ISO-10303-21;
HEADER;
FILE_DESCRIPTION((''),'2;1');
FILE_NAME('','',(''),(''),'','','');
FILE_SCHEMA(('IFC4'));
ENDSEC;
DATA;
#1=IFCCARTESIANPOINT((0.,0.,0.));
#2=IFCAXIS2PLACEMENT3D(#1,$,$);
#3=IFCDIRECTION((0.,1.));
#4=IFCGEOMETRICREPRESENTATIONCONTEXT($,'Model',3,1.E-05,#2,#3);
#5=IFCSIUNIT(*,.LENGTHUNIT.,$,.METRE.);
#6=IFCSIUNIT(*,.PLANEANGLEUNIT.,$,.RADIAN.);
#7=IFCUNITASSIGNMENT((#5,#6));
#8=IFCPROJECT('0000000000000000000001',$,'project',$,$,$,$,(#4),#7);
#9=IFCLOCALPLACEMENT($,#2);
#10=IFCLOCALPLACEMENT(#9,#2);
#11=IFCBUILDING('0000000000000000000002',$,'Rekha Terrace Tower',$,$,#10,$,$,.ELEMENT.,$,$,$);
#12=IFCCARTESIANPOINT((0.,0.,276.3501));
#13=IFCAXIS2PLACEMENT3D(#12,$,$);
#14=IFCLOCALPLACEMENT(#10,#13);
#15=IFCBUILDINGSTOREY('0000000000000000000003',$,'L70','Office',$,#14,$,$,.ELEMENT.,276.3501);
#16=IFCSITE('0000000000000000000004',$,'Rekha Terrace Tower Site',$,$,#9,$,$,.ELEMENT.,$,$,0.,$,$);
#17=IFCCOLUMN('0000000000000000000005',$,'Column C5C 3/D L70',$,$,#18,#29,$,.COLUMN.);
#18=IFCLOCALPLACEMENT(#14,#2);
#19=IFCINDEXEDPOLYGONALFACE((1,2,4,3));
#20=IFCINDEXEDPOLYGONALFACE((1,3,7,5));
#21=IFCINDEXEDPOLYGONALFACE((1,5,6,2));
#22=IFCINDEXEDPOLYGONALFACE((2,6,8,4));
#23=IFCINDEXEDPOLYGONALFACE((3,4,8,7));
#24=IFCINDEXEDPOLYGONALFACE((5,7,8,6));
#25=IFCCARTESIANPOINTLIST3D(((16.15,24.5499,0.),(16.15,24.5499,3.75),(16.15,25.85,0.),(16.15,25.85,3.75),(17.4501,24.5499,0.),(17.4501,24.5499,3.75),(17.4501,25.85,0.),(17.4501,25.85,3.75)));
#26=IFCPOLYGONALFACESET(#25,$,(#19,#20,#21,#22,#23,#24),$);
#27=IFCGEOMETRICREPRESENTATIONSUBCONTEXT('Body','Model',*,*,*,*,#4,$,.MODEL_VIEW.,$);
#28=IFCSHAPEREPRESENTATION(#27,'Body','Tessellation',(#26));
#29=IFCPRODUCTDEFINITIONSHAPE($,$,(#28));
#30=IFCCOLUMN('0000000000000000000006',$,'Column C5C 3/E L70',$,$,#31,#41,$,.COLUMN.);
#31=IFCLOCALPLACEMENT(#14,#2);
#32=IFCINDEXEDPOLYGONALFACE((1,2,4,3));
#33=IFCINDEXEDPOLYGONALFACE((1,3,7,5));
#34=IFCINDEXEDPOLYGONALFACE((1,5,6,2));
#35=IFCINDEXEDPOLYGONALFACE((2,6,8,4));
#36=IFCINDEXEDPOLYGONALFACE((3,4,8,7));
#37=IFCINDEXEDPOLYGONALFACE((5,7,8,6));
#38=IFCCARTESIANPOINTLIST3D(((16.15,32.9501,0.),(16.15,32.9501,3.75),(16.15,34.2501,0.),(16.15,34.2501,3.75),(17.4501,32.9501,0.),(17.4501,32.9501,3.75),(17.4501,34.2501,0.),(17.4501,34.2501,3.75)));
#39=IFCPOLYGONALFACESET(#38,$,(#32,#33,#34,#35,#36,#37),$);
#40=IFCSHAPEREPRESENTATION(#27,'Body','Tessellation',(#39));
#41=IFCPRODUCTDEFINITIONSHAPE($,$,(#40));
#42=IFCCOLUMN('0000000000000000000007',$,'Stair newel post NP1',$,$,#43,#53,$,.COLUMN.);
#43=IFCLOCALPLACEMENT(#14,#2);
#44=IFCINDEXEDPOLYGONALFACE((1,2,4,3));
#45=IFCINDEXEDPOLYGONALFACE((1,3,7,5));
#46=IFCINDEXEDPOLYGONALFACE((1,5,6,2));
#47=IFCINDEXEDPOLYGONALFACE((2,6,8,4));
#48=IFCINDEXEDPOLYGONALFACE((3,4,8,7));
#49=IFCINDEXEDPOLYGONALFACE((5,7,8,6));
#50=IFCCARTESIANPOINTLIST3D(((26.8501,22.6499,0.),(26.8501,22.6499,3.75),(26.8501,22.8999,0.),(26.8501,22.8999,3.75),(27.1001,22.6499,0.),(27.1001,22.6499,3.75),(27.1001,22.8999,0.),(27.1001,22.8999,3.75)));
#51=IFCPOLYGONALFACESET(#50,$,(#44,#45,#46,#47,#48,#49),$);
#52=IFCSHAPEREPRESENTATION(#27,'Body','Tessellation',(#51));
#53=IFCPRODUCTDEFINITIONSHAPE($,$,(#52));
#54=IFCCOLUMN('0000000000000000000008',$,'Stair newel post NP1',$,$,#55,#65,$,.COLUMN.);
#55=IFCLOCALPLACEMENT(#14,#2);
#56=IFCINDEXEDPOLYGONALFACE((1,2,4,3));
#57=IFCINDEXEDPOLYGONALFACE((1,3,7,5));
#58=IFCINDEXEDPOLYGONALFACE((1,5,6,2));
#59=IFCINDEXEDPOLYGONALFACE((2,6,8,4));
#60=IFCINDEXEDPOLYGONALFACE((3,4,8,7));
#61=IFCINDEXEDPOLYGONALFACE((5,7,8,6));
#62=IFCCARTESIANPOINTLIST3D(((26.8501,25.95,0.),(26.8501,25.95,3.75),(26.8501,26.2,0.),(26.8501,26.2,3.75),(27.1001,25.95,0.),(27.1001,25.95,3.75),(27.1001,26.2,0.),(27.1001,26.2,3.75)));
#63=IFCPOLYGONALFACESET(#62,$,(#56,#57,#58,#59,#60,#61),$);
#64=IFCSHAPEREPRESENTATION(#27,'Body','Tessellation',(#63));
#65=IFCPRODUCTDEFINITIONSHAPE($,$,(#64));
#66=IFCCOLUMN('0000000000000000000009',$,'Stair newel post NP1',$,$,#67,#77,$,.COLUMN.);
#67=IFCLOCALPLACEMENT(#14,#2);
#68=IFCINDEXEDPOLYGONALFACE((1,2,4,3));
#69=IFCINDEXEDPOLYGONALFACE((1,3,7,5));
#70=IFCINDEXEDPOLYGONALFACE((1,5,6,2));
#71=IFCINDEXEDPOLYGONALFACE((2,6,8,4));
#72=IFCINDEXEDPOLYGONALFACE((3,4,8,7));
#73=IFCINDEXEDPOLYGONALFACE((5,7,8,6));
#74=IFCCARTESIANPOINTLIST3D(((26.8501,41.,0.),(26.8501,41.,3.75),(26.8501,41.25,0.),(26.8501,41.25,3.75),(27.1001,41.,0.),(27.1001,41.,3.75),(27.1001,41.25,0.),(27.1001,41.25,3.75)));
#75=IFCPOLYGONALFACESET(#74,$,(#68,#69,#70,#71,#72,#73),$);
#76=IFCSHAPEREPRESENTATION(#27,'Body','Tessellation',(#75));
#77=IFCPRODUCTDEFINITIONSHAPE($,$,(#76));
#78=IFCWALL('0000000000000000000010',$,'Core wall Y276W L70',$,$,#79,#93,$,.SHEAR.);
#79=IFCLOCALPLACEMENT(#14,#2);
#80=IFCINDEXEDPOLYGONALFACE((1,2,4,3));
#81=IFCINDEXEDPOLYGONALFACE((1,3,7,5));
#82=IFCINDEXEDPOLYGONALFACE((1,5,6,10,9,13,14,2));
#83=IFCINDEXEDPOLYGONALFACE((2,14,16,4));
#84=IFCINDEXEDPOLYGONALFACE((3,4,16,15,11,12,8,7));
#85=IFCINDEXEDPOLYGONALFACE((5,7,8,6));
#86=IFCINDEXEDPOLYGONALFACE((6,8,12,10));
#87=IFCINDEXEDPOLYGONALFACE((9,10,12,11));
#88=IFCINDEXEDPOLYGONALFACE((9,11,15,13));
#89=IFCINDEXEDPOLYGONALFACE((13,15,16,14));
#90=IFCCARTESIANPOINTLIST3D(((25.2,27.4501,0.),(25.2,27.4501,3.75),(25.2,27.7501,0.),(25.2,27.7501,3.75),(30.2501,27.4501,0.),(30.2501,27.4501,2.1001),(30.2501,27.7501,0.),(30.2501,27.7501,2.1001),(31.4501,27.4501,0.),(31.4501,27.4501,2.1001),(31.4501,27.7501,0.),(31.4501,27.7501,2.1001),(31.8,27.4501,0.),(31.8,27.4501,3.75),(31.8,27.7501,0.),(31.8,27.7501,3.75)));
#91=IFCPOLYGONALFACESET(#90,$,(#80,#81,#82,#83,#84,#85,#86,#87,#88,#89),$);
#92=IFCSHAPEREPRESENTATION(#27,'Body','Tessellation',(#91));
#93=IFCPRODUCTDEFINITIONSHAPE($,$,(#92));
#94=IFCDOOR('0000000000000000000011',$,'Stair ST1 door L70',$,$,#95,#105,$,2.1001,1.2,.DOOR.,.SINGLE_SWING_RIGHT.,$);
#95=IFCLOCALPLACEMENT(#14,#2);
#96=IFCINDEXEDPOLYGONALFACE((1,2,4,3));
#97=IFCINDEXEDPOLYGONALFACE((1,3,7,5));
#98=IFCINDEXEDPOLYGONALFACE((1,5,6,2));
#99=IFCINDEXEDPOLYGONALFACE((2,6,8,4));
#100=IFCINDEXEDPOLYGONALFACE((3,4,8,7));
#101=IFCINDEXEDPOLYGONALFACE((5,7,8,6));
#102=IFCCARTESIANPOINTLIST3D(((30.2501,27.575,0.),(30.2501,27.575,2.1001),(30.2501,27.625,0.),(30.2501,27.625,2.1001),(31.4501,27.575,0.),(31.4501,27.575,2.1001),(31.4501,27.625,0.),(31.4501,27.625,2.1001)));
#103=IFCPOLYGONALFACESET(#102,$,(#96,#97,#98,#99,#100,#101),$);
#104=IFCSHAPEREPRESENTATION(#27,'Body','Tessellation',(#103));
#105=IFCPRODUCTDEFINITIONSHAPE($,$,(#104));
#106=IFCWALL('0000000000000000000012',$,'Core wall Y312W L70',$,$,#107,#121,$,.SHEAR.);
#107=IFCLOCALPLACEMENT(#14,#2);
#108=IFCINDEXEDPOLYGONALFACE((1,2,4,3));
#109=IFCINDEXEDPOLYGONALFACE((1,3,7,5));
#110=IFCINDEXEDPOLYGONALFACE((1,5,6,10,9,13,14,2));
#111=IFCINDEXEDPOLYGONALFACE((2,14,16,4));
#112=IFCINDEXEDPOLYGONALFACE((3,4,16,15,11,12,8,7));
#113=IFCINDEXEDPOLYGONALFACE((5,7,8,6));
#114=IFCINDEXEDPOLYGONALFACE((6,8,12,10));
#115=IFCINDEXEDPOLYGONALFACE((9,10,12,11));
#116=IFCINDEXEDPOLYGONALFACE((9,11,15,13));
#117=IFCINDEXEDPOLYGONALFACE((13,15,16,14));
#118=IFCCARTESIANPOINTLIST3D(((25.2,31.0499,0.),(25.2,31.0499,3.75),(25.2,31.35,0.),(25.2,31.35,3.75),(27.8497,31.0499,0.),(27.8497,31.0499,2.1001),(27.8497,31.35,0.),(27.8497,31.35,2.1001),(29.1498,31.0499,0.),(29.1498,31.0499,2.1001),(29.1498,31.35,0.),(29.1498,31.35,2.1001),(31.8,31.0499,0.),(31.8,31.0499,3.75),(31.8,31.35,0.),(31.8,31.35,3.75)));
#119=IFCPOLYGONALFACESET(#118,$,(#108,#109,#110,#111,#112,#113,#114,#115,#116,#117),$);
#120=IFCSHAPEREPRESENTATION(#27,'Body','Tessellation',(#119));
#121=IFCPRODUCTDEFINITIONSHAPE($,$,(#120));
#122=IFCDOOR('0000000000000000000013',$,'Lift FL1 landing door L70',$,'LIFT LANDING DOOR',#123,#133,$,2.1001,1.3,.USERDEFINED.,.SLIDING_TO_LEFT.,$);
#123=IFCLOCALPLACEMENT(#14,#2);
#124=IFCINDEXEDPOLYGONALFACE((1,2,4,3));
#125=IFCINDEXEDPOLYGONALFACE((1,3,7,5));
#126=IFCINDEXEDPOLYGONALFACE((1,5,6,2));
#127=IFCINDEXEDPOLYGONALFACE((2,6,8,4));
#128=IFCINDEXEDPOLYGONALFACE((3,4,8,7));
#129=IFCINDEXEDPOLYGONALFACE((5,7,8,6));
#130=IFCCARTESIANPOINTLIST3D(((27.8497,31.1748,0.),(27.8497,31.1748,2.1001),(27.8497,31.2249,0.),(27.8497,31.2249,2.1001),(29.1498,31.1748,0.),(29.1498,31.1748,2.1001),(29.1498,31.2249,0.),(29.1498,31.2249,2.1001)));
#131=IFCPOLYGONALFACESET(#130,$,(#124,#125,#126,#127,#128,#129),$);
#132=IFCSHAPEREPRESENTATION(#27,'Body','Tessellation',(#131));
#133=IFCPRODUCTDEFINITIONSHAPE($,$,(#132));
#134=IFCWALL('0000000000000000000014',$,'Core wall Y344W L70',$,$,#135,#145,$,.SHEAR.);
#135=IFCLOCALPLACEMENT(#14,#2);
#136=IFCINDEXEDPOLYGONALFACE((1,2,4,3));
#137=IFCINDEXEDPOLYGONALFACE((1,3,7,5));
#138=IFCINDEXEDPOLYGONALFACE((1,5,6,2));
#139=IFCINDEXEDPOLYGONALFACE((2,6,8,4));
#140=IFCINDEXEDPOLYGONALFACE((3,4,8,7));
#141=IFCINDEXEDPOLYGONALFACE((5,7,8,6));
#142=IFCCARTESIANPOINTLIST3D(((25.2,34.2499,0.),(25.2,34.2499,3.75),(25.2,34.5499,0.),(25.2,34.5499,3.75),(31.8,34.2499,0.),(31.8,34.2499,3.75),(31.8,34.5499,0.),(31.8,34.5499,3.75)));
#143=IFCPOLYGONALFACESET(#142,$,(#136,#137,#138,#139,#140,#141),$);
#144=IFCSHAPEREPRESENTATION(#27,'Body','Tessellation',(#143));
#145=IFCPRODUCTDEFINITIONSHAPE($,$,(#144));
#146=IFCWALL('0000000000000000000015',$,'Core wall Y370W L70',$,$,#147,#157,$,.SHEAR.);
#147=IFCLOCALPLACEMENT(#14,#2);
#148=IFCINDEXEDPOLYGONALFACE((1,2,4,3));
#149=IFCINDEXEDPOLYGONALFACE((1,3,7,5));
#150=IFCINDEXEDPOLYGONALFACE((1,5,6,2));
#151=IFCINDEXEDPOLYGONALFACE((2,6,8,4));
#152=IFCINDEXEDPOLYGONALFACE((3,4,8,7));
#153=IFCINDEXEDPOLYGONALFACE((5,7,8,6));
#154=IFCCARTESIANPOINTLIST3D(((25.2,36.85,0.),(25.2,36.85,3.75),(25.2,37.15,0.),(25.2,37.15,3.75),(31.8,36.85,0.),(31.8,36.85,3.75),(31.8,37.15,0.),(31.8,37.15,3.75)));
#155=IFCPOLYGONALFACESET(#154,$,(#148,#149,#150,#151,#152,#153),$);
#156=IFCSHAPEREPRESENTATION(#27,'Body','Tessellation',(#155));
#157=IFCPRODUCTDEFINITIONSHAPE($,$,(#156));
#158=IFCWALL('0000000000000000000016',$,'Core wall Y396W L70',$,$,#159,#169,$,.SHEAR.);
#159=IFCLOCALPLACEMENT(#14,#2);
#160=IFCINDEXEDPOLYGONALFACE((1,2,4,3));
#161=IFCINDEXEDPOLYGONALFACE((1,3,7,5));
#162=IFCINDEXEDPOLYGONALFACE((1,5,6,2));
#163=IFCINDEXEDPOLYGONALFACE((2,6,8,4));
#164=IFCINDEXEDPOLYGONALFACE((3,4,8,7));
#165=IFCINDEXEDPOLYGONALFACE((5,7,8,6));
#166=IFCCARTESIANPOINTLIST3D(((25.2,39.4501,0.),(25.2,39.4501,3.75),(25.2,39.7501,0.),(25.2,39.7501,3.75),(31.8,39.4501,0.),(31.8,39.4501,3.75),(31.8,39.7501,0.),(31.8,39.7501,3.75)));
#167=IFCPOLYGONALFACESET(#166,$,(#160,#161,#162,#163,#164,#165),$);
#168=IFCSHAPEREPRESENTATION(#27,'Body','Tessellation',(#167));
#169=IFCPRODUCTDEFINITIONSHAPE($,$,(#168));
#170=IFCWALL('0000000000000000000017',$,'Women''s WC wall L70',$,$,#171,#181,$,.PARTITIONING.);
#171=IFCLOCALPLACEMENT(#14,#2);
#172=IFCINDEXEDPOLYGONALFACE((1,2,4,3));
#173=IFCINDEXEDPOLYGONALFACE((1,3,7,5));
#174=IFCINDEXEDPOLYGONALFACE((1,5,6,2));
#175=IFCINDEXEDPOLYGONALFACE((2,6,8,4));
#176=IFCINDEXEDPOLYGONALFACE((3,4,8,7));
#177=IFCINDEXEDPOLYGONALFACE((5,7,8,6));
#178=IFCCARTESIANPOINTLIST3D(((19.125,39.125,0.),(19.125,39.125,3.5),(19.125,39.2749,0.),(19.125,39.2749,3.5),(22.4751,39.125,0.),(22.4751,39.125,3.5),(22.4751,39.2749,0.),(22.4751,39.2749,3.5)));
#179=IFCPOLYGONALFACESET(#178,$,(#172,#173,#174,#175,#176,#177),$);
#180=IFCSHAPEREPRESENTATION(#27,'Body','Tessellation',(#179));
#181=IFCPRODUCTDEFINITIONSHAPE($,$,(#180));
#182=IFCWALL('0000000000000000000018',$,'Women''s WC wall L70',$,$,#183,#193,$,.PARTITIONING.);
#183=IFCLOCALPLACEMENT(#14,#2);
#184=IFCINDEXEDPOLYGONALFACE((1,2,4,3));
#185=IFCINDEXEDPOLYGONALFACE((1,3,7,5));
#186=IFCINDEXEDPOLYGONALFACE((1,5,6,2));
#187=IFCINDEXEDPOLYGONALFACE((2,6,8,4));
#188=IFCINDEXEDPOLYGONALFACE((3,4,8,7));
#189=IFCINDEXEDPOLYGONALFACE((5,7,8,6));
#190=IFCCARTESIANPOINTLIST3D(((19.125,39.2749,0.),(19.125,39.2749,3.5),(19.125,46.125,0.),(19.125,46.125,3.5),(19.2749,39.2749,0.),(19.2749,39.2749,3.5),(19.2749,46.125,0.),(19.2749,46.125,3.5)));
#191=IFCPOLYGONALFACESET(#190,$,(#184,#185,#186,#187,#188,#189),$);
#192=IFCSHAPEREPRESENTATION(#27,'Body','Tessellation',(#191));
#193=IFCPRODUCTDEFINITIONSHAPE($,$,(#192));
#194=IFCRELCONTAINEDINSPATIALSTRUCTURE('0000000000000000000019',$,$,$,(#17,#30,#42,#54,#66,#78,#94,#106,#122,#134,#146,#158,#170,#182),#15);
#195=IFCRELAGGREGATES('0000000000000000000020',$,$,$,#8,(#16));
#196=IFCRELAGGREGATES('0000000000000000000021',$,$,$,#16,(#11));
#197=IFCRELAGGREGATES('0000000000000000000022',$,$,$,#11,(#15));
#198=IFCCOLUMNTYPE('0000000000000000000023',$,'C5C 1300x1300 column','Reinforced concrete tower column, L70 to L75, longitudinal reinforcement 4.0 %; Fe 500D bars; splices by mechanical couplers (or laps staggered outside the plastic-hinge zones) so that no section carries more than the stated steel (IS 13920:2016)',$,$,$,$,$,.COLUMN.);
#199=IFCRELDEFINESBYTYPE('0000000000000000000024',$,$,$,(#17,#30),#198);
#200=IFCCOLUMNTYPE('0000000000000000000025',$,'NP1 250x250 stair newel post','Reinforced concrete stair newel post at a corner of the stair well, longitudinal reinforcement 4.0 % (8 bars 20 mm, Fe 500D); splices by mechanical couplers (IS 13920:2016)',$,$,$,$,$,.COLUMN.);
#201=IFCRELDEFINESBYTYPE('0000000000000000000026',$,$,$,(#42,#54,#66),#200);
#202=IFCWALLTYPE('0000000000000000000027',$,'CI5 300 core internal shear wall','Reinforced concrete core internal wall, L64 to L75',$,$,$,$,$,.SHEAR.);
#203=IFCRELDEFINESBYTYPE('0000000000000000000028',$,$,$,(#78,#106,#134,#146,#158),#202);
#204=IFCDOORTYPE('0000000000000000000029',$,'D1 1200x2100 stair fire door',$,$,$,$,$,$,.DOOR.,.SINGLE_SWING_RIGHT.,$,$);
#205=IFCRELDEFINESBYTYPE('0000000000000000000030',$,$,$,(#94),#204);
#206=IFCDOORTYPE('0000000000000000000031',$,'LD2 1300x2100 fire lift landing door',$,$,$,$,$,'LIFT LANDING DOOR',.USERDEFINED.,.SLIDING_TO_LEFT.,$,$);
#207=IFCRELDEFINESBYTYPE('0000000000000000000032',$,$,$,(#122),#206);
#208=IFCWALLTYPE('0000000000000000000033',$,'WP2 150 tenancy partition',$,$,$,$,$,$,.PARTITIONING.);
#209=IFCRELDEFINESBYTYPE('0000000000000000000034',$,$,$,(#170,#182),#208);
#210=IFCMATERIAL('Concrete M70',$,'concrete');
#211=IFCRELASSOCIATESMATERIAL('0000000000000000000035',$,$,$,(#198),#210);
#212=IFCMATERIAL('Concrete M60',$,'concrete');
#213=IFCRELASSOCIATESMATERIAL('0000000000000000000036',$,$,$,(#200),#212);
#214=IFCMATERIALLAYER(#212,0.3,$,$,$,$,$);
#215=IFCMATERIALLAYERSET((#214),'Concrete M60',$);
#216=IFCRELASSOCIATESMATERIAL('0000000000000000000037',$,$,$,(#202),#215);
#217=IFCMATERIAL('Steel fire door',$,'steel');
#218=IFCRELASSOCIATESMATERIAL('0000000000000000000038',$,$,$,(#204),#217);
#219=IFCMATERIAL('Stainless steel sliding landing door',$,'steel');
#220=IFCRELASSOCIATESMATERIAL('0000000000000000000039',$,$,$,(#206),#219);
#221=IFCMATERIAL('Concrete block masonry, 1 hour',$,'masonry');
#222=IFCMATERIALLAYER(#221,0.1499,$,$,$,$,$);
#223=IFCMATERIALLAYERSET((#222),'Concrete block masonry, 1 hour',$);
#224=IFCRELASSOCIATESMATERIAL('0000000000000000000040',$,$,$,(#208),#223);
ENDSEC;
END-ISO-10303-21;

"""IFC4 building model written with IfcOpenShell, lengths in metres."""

from ifc_helpers import new_model, si_unit, direction, frame, frame_2d, origin, origin_2d, place, context, subcontext, project, spatial, rectangle, extrude, material, layer, layer_set, material_profile, profile_set, type_object, element, fill, save


model = new_model("IFC4")

# Units and contexts
model_context = context("Model", 3, precision=1e-05, world=origin(), true_north=direction((0.0, 1.0)))
body_context = subcontext(model_context, "Body", "Model", "MODEL_VIEW")
ifc_project = project(units=[si_unit("LENGTHUNIT", "METRE"), si_unit("PLANEANGLEUNIT", "RADIAN")], contexts=[model_context])

# Site, building, storey
site_placement = place(None, origin())
site = spatial("IfcSite", under=ifc_project, at=site_placement, Name="Rekha Terrace Tower Site", CompositionType="ELEMENT", RefElevation=0.0)
building_placement = place(site_placement, origin())
building = spatial("IfcBuilding", under=site, at=building_placement, Name="Rekha Terrace Tower", CompositionType="ELEMENT")
storey_placement = place(building_placement, frame((0.0, 0.0, 276.3501)))
storey = spatial("IfcBuildingStorey", under=building, at=storey_placement, Name="L70", Description="Office", CompositionType="ELEMENT", Elevation=276.3501)

# Columns
ifc_material_1 = material(Name="Concrete M70", Category="concrete")
ifc_material_profile_1 = material_profile(ifc_material_1, rectangle(XDim=1.3, YDim=1.3, at=origin_2d()), Name="RC 1300x1300")
ifc_profile_set_1 = profile_set([ifc_material_profile_1], Name="Concrete M70")
column_type_1 = type_object("IfcColumnType", Name="C5C 1300x1300 column", Description="Reinforced concrete tower column, L70 to L75, longitudinal reinforcement 4.0 %; Fe 500D bars; splices by mechanical couplers (or laps staggered outside the plastic-hinge zones) so that no section carries more than the stated steel (IS 13920:2016)", PredefinedType="COLUMN", material=ifc_profile_set_1)
for number, where, z_axis, x_axis, name in (
    (1, (16.8, 25.2, 0.0), (0.0, 0.0, 1.0), (1.0, 0.0, 0.0), "Column C5C 3/D L70"),
    (2, (16.8, 33.6001, 0.0), (0.0, 0.0, 1.0), (1.0, 0.0, 0.0), "Column C5C 3/E L70"),
):
    element("IfcColumn", number, at=place(storey_placement, frame(where, z_axis=z_axis, x_axis=x_axis)), inside=storey, type_object=column_type_1, Name=name, PredefinedType="COLUMN", context=body_context, shape_type="SweptSolid", body=[
        extrude(rectangle(XDim=1.3, YDim=1.3, at=origin_2d()), origin(), (0.0, 0.0, 1.0), 3.75),
    ])
ifc_material_2 = material(Name="Concrete M60", Category="concrete")
ifc_material_profile_2 = material_profile(ifc_material_2, rectangle(XDim=0.25, YDim=0.25, at=origin_2d()), Name="RC 250x250")
ifc_profile_set_2 = profile_set([ifc_material_profile_2], Name="Concrete M60")
column_type_2 = type_object("IfcColumnType", Name="NP1 250x250 stair newel post", Description="Reinforced concrete stair newel post at a corner of the stair well, longitudinal reinforcement 4.0 % (8 bars 20 mm, Fe 500D); splices by mechanical couplers (IS 13920:2016)", PredefinedType="COLUMN", material=ifc_profile_set_2)
for number, where, z_axis, x_axis, name in (
    (3, (26.9751, 22.7749, 0.0), (0.0, 0.0, 1.0), (1.0, 0.0, 0.0), "Stair newel post NP1"),
    (4, (26.9751, 26.075, 0.0), (0.0, 0.0, 1.0), (1.0, 0.0, 0.0), "Stair newel post NP1"),
    (5, (26.9751, 41.125, 0.0), (0.0, 0.0, 1.0), (1.0, 0.0, 0.0), "Stair newel post NP1"),
):
    element("IfcColumn", number, at=place(storey_placement, frame(where, z_axis=z_axis, x_axis=x_axis)), inside=storey, type_object=column_type_2, Name=name, PredefinedType="COLUMN", context=body_context, shape_type="SweptSolid", body=[
        extrude(rectangle(XDim=0.25, YDim=0.25, at=origin_2d()), origin(), (0.0, 0.0, 1.0), 3.75),
    ])

# Walls, openings, doors
ifc_layer_1 = layer(ifc_material_2, 0.3)
ifc_layer_set_1 = layer_set([ifc_layer_1], Name="Concrete M60")
wall_type_1 = type_object("IfcWallType", Name="CI5 300 core internal shear wall", Description="Reinforced concrete core internal wall, L64 to L75", PredefinedType="SHEAR", material=ifc_layer_set_1)
wall_1_placement = place(storey_placement, frame((25.2, 27.6001, 0.0), z_axis=(0.0, 0.0, 1.0), x_axis=(1.0, 0.0, 0.0)))
wall_1 = element("IfcWall", 6, at=wall_1_placement, inside=storey, type_object=wall_type_1, Name="Core wall Y276W L70", PredefinedType="SHEAR", context=body_context, shape_type="SweptSolid", body=[
    extrude(rectangle(XDim=6.6001, YDim=0.3, at=frame_2d((3.3, 0.0))), origin(), (0.0, 0.0, 1.0), 3.75),
])
opening_1_placement = place(wall_1_placement, frame((5.05, 0.0, 0.0)))
opening_1 = element("IfcOpeningElement", 7, at=opening_1_placement, cuts=wall_1, PredefinedType="OPENING", context=body_context, shape_type="SweptSolid", body=[
    extrude(rectangle(XDim=1.2, YDim=2.1001, at=frame_2d((0.6001, 1.05))), frame((0.0, 0.1599, 0.0), z_axis=(0.0, -1.0, 0.0), x_axis=(1.0, 0.0, 0.0)), (0.0, 0.0, 1.0), 0.3201),
])
ifc_material_3 = material(Name="Steel fire door", Category="steel")
door_type_1 = type_object("IfcDoorType", Name="D1 1200x2100 stair fire door", OperationType="SINGLE_SWING_RIGHT", PredefinedType="DOOR", material=ifc_material_3)
door_1_placement = place(opening_1_placement, origin())
door_1 = element("IfcDoor", 8, at=door_1_placement, inside=storey, type_object=door_type_1, Name="Stair ST1 door L70", OperationType="SINGLE_SWING_RIGHT", OverallHeight=2.1001, OverallWidth=1.2, PredefinedType="DOOR", context=body_context, shape_type="SweptSolid", body=[
    extrude(rectangle(XDim=1.2, YDim=2.1001, at=frame_2d((0.6001, 1.05))), frame((0.0, 0.0249, 0.0), z_axis=(0.0, -1.0, 0.0), x_axis=(1.0, 0.0, 0.0)), (0.0, 0.0, 1.0), 0.05),
])
fill(opening_1, door_1)
wall_2_placement = place(storey_placement, frame((25.2, 31.2, 0.0), z_axis=(0.0, 0.0, 1.0), x_axis=(1.0, 0.0, 0.0)))
wall_2 = element("IfcWall", 9, at=wall_2_placement, inside=storey, type_object=wall_type_1, Name="Core wall Y312W L70", PredefinedType="SHEAR", context=body_context, shape_type="SweptSolid", body=[
    extrude(rectangle(XDim=6.6001, YDim=0.3, at=frame_2d((3.3, 0.0))), origin(), (0.0, 0.0, 1.0), 3.75),
])
opening_2_placement = place(wall_2_placement, frame((2.6499, 0.0, 0.0)))
opening_2 = element("IfcOpeningElement", 10, at=opening_2_placement, cuts=wall_2, PredefinedType="OPENING", context=body_context, shape_type="SweptSolid", body=[
    extrude(rectangle(XDim=1.3, YDim=2.1001, at=frame_2d((0.6499, 1.05))), frame((0.0, 0.1599, 0.0), z_axis=(0.0, -1.0, 0.0), x_axis=(1.0, 0.0, 0.0)), (0.0, 0.0, 1.0), 0.3201),
])
ifc_material_4 = material(Name="Stainless steel sliding landing door", Category="steel")
door_type_2 = type_object("IfcDoorType", Name="LD2 1300x2100 fire lift landing door", ElementType="LIFT LANDING DOOR", OperationType="SLIDING_TO_LEFT", PredefinedType="USERDEFINED", material=ifc_material_4)
door_2_placement = place(opening_2_placement, origin())
door_2 = element("IfcDoor", 11, at=door_2_placement, inside=storey, type_object=door_type_2, Name="Lift FL1 landing door L70", ObjectType="LIFT LANDING DOOR", OperationType="SLIDING_TO_LEFT", OverallHeight=2.1001, OverallWidth=1.3, PredefinedType="USERDEFINED", context=body_context, shape_type="SweptSolid", body=[
    extrude(rectangle(XDim=1.3, YDim=2.1001, at=frame_2d((0.6499, 1.05))), frame((0.0, 0.0249, 0.0), z_axis=(0.0, -1.0, 0.0), x_axis=(1.0, 0.0, 0.0)), (0.0, 0.0, 1.0), 0.05),
])
fill(opening_2, door_2)

# Walls
for number, where, z_axis, x_axis, name in (
    (12, (25.2, 34.3999, 0.0), (0.0, 0.0, 1.0), (1.0, 0.0, 0.0), "Core wall Y344W L70"),
    (13, (25.2, 37.0, 0.0), (0.0, 0.0, 1.0), (1.0, 0.0, 0.0), "Core wall Y370W L70"),
    (14, (25.2, 39.6001, 0.0), (0.0, 0.0, 1.0), (1.0, 0.0, 0.0), "Core wall Y396W L70"),
):
    element("IfcWall", number, at=place(storey_placement, frame(where, z_axis=z_axis, x_axis=x_axis)), inside=storey, type_object=wall_type_1, Name=name, PredefinedType="SHEAR", context=body_context, shape_type="SweptSolid", body=[
        extrude(rectangle(XDim=6.6001, YDim=0.3, at=frame_2d((3.3, 0.0))), origin(), (0.0, 0.0, 1.0), 3.75),
    ])
ifc_material_5 = material(Name="Concrete block masonry, 1 hour", Category="masonry")
ifc_layer_2 = layer(ifc_material_5, 0.1499)
ifc_layer_set_2 = layer_set([ifc_layer_2], Name="Concrete block masonry, 1 hour")
wall_type_2 = type_object("IfcWallType", Name="WP2 150 tenancy partition", PredefinedType="PARTITIONING", material=ifc_layer_set_2)
wall_3_placement = place(storey_placement, frame((19.125, 39.2, 0.0), z_axis=(0.0, 0.0, 1.0), x_axis=(1.0, 0.0, 0.0)))
element("IfcWall", 15, at=wall_3_placement, inside=storey, type_object=wall_type_2, Name="Women's WC wall L70", PredefinedType="PARTITIONING", context=body_context, shape_type="SweptSolid", body=[
    extrude(rectangle(XDim=3.3501, YDim=0.1499, at=frame_2d((1.675, 0.0))), origin(), (0.0, 0.0, 1.0), 3.5),
])
wall_4_placement = place(storey_placement, frame((19.2, 39.2749, 0.0), z_axis=(0.0, 0.0, 1.0), x_axis=(0.0, 1.0, 0.0)))
element("IfcWall", 16, at=wall_4_placement, inside=storey, type_object=wall_type_2, Name="Women's WC wall L70", PredefinedType="PARTITIONING", context=body_context, shape_type="SweptSolid", body=[
    extrude(rectangle(XDim=6.8501, YDim=0.1499, at=frame_2d((3.425, 0.0))), origin(), (0.0, 0.0, 1.0), 3.5),
])

save(model, "model.ifc")
